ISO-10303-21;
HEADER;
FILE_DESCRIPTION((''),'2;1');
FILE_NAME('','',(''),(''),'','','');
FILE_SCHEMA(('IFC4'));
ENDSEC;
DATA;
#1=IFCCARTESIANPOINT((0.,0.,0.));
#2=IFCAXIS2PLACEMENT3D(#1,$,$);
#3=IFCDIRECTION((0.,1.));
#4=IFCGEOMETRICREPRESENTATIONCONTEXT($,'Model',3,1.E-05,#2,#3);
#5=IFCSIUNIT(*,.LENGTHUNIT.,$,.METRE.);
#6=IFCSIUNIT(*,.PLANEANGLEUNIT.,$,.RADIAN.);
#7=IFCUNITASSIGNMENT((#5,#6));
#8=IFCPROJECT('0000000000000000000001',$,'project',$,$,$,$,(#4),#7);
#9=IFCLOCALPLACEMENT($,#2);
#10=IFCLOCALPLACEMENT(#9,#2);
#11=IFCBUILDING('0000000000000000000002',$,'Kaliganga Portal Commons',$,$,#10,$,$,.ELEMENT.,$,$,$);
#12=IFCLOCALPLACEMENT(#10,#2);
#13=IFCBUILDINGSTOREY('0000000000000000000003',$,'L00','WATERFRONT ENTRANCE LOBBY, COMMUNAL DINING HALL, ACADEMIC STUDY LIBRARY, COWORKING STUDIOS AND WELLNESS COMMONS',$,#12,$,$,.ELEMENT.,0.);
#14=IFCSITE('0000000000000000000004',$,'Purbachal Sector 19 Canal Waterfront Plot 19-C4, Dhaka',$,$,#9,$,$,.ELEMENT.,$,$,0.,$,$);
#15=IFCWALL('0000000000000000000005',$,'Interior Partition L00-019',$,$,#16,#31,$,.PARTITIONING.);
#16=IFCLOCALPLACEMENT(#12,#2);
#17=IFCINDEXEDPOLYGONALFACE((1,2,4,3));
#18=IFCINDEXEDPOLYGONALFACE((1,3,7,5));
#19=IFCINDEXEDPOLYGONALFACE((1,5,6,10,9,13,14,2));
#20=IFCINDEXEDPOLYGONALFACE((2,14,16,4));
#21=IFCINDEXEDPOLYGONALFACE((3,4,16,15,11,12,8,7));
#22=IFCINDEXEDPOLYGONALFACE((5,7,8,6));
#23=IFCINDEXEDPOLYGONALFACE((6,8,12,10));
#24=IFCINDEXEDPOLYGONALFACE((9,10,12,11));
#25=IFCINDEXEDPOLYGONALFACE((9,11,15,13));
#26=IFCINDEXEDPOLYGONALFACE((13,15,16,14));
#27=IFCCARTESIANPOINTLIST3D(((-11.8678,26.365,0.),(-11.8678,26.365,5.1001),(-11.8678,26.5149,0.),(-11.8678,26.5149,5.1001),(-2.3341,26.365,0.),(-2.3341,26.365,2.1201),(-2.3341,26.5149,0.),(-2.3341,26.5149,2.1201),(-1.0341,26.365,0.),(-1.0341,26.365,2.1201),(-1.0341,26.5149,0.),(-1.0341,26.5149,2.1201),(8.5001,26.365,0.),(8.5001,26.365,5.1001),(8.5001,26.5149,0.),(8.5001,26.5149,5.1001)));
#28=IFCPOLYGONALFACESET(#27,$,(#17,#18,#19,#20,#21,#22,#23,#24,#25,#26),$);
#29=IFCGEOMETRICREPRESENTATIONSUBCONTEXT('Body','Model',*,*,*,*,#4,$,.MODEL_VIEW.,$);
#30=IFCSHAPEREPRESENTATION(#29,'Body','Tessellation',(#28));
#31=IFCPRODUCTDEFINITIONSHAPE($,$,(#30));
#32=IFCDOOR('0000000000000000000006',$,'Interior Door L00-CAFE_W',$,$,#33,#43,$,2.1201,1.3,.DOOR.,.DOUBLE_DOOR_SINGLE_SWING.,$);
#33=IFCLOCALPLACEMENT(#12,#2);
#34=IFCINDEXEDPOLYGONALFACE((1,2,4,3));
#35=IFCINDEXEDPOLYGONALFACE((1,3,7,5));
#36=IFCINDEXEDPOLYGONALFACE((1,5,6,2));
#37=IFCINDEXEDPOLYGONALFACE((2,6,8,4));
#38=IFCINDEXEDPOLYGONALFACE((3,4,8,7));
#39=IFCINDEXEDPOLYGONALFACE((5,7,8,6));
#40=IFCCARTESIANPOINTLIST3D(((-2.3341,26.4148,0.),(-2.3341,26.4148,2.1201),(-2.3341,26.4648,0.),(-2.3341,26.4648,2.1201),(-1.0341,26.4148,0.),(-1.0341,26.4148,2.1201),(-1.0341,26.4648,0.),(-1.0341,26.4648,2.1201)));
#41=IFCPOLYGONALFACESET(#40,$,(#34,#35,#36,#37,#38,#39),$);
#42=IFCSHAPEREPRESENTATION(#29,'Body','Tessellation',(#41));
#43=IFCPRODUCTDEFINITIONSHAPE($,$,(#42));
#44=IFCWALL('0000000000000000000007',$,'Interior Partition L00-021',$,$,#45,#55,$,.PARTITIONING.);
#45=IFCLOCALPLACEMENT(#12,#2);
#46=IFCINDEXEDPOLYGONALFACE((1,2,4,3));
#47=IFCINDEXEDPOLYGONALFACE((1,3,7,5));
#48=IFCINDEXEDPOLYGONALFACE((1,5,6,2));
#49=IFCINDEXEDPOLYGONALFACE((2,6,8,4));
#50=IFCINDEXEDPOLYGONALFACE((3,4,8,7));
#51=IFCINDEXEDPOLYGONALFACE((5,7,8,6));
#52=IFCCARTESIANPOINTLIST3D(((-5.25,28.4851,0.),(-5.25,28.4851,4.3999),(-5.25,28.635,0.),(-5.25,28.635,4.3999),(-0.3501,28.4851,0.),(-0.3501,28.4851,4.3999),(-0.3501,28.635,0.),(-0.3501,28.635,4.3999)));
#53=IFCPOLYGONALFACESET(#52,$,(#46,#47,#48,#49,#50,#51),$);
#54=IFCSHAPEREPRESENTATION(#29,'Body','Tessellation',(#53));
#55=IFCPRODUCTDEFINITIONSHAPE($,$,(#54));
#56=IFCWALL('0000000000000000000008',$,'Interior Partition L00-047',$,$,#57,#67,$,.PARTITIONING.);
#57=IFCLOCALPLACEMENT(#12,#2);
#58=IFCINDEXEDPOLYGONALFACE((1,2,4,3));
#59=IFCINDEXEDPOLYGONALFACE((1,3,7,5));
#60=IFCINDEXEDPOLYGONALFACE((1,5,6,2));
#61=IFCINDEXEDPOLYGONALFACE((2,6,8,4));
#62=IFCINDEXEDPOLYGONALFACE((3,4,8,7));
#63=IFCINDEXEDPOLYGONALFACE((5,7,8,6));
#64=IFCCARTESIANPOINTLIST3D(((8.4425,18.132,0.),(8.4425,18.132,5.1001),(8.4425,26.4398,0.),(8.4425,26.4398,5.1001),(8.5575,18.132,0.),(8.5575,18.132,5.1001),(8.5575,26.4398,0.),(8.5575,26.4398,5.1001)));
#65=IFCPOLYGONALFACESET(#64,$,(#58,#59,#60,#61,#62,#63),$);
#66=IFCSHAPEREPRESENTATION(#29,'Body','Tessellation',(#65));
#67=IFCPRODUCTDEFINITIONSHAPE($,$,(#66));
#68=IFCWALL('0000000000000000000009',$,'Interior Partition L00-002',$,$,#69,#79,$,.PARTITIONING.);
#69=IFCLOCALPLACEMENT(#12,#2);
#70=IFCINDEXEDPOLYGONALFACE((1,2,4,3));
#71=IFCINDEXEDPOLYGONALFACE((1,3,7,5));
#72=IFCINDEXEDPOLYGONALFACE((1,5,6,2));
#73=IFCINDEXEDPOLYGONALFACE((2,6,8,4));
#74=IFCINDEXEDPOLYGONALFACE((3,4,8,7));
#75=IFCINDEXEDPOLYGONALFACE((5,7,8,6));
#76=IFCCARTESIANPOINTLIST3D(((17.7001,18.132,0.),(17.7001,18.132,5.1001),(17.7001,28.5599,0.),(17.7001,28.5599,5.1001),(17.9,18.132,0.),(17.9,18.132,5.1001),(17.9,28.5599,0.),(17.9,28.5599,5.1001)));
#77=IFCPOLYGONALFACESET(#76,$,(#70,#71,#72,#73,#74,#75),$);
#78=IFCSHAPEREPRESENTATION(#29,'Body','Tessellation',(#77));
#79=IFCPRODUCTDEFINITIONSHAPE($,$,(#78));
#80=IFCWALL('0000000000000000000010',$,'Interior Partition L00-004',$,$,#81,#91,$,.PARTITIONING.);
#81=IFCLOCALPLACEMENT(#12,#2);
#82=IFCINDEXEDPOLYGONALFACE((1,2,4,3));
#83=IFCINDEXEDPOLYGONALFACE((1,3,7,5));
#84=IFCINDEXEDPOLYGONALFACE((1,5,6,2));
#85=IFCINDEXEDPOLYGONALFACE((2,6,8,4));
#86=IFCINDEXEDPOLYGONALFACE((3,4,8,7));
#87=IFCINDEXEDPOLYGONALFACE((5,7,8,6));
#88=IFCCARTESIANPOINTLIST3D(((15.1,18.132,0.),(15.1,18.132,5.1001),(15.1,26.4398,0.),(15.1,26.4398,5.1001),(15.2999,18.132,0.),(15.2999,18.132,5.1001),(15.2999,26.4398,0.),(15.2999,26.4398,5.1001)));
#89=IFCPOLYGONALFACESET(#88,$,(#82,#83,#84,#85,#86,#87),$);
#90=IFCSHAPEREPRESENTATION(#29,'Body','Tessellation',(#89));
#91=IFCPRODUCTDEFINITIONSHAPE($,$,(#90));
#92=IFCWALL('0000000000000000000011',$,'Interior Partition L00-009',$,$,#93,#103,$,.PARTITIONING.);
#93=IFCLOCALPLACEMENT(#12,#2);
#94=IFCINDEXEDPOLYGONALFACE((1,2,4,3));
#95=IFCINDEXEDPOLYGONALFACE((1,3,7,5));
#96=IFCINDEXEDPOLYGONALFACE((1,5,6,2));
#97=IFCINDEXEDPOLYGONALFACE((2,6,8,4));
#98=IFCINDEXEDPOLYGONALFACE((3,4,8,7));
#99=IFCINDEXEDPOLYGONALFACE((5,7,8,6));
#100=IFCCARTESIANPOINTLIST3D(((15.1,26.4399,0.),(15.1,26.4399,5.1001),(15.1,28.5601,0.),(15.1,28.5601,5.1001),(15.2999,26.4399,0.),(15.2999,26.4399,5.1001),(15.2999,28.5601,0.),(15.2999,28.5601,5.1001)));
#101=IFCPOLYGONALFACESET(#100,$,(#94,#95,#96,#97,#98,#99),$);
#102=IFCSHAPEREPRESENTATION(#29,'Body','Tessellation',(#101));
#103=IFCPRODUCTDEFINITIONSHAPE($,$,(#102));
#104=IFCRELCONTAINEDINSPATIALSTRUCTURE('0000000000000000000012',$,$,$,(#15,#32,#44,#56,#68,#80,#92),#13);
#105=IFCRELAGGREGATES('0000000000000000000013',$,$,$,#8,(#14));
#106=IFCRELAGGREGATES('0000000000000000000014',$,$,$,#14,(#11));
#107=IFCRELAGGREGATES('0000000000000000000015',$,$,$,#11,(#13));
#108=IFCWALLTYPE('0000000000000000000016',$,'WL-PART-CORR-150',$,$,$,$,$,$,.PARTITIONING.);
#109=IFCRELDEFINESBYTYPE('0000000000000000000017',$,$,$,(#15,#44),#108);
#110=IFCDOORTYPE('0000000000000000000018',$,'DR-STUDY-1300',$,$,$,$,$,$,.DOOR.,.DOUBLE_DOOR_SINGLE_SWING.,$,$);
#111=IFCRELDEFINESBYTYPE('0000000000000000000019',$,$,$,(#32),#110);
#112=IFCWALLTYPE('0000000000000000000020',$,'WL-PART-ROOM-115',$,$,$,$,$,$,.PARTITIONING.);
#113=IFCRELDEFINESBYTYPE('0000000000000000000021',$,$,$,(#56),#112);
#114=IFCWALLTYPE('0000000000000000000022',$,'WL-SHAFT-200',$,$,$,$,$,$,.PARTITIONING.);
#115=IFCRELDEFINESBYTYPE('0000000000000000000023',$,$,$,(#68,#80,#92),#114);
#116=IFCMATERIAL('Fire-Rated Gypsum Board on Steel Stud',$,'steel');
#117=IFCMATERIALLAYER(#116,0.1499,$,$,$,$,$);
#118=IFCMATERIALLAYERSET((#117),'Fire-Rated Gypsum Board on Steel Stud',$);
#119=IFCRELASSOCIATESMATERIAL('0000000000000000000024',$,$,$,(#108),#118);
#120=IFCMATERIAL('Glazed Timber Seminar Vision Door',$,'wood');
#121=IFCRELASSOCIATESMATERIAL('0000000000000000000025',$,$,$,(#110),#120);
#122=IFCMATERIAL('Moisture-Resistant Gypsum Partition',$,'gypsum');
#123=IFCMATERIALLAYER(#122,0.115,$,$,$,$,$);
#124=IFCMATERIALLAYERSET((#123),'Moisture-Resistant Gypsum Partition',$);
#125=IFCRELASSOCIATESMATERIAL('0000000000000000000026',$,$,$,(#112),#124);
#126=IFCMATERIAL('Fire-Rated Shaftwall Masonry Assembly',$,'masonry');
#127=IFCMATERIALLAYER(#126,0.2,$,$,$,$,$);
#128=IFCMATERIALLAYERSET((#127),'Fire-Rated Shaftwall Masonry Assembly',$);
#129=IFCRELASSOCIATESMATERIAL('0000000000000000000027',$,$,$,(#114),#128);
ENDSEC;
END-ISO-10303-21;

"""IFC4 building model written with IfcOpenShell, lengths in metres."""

from ifc_helpers import new_model, si_unit, direction, frame, frame_2d, origin, place, context, subcontext, project, spatial, rectangle, extrude, material, layer, layer_set, type_object, element, fill, save


model = new_model("IFC4")

# Units and contexts
model_context = context("Model", 3, precision=1e-05, world=origin(), true_north=direction((0.0, 1.0)))
body_context = subcontext(model_context, "Body", "Model", "MODEL_VIEW")
ifc_project = project(units=[si_unit("LENGTHUNIT", "METRE"), si_unit("PLANEANGLEUNIT", "RADIAN")], contexts=[model_context])

# Site, building, storey
site_placement = place(None, origin())
site = spatial("IfcSite", under=ifc_project, at=site_placement, Name="Purbachal Sector 19 Canal Waterfront Plot 19-C4, Dhaka", CompositionType="ELEMENT", RefElevation=0.0)
building_placement = place(site_placement, origin())
building = spatial("IfcBuilding", under=site, at=building_placement, Name="Kaliganga Portal Commons", CompositionType="ELEMENT")
storey_placement = place(building_placement, origin())
storey = spatial("IfcBuildingStorey", under=building, at=storey_placement, Name="L00", Description="WATERFRONT ENTRANCE LOBBY, COMMUNAL DINING HALL, ACADEMIC STUDY LIBRARY, COWORKING STUDIOS AND WELLNESS COMMONS", CompositionType="ELEMENT", Elevation=0.0)

# Wall, opening, door
ifc_material_1 = material(Name="Fire-Rated Gypsum Board on Steel Stud", Category="steel")
ifc_layer_1 = layer(ifc_material_1, 0.1499)
ifc_layer_set_1 = layer_set([ifc_layer_1], Name="Fire-Rated Gypsum Board on Steel Stud")
wall_type_1 = type_object("IfcWallType", Name="WL-PART-CORR-150", PredefinedType="PARTITIONING", material=ifc_layer_set_1)
wall_1_placement = place(storey_placement, frame((-11.8679, 26.4399, 0.0), z_axis=(0.0, 0.0, 1.0), x_axis=(1.0, 0.0, 0.0)))
wall_1 = element("IfcWall", 1, at=wall_1_placement, inside=storey, type_object=wall_type_1, Name="Interior Partition L00-019", PredefinedType="PARTITIONING", context=body_context, shape_type="SweptSolid", body=[
    extrude(rectangle(XDim=20.3679, YDim=0.1499, at=frame_2d((10.1841, 0.0))), origin(), (0.0, 0.0, 1.0), 5.1001),
])
opening_1_placement = place(wall_1_placement, frame((9.5339, 0.0, 0.0)))
opening_1 = element("IfcOpeningElement", 2, at=opening_1_placement, cuts=wall_1, PredefinedType="OPENING", context=body_context, shape_type="SweptSolid", body=[
    extrude(rectangle(XDim=1.3, YDim=2.1201, at=frame_2d((0.6499, 1.0601))), frame((0.0, 0.085, 0.0), z_axis=(0.0, -1.0, 0.0), x_axis=(1.0, 0.0, 0.0)), (0.0, 0.0, 1.0), 0.1699),
])
ifc_material_2 = material(Name="Glazed Timber Seminar Vision Door", Category="wood")
door_type_1 = type_object("IfcDoorType", Name="DR-STUDY-1300", OperationType="DOUBLE_DOOR_SINGLE_SWING", PredefinedType="DOOR", material=ifc_material_2)
door_1_placement = place(opening_1_placement, origin())
door_1 = element("IfcDoor", 3, at=door_1_placement, inside=storey, type_object=door_type_1, Name="Interior Door L00-CAFE_W", OperationType="DOUBLE_DOOR_SINGLE_SWING", OverallHeight=2.1201, OverallWidth=1.3, PredefinedType="DOOR", context=body_context, shape_type="SweptSolid", body=[
    extrude(rectangle(XDim=1.3, YDim=2.1201, at=frame_2d((0.6499, 1.0601))), frame((0.0, 0.0249, 0.0), z_axis=(0.0, -1.0, 0.0), x_axis=(1.0, 0.0, 0.0)), (0.0, 0.0, 1.0), 0.05),
])
fill(opening_1, door_1)

# Walls
wall_2_placement = place(storey_placement, frame((-5.25, 28.5601, 0.0), z_axis=(0.0, 0.0, 1.0), x_axis=(1.0, 0.0, 0.0)))
element("IfcWall", 4, at=wall_2_placement, inside=storey, type_object=wall_type_1, Name="Interior Partition L00-021", PredefinedType="PARTITIONING", context=body_context, shape_type="SweptSolid", body=[
    extrude(rectangle(XDim=4.8999, YDim=0.1499, at=frame_2d((2.45, 0.0))), origin(), (0.0, 0.0, 1.0), 4.3999),
])
ifc_material_3 = material(Name="Moisture-Resistant Gypsum Partition", Category="gypsum")
ifc_layer_2 = layer(ifc_material_3, 0.115)
ifc_layer_set_2 = layer_set([ifc_layer_2], Name="Moisture-Resistant Gypsum Partition")
wall_type_2 = type_object("IfcWallType", Name="WL-PART-ROOM-115", PredefinedType="PARTITIONING", material=ifc_layer_set_2)
wall_3_placement = place(storey_placement, frame((8.5, 18.1321, 0.0), z_axis=(0.0, 0.0, 1.0), x_axis=(0.0, 1.0, 0.0)))
element("IfcWall", 5, at=wall_3_placement, inside=storey, type_object=wall_type_2, Name="Interior Partition L00-047", PredefinedType="PARTITIONING", context=body_context, shape_type="SweptSolid", body=[
    extrude(rectangle(XDim=8.3079, YDim=0.115, at=frame_2d((4.1538, 0.0))), origin(), (0.0, 0.0, 1.0), 5.1001),
])
ifc_material_4 = material(Name="Fire-Rated Shaftwall Masonry Assembly", Category="masonry")
ifc_layer_3 = layer(ifc_material_4, 0.2)
ifc_layer_set_3 = layer_set([ifc_layer_3], Name="Fire-Rated Shaftwall Masonry Assembly")
wall_type_3 = type_object("IfcWallType", Name="WL-SHAFT-200", PredefinedType="PARTITIONING", material=ifc_layer_set_3)
wall_4_placement = place(storey_placement, frame((17.8, 18.1321, 0.0), z_axis=(0.0, 0.0, 1.0), x_axis=(0.0, 1.0, 0.0)))
element("IfcWall", 6, at=wall_4_placement, inside=storey, type_object=wall_type_3, Name="Interior Partition L00-002", PredefinedType="PARTITIONING", context=body_context, shape_type="SweptSolid", body=[
    extrude(rectangle(XDim=10.428, YDim=0.2, at=frame_2d((5.2139, 0.0))), origin(), (0.0, 0.0, 1.0), 5.1001),
])
wall_5_placement = place(storey_placement, frame((15.2, 18.1321, 0.0), z_axis=(0.0, 0.0, 1.0), x_axis=(0.0, 1.0, 0.0)))
element("IfcWall", 7, at=wall_5_placement, inside=storey, type_object=wall_type_3, Name="Interior Partition L00-004", PredefinedType="PARTITIONING", context=body_context, shape_type="SweptSolid", body=[
    extrude(rectangle(XDim=8.3079, YDim=0.2, at=frame_2d((4.1538, 0.0))), origin(), (0.0, 0.0, 1.0), 5.1001),
])
wall_6_placement = place(storey_placement, frame((15.2, 26.4399, 0.0), z_axis=(0.0, 0.0, 1.0), x_axis=(0.0, 1.0, 0.0)))
element("IfcWall", 8, at=wall_6_placement, inside=storey, type_object=wall_type_3, Name="Interior Partition L00-009", PredefinedType="PARTITIONING", context=body_context, shape_type="SweptSolid", body=[
    extrude(rectangle(XDim=2.1201, YDim=0.2, at=frame_2d((1.0601, 0.0))), origin(), (0.0, 0.0, 1.0), 5.1001),
])

save(model, "model.ifc")
